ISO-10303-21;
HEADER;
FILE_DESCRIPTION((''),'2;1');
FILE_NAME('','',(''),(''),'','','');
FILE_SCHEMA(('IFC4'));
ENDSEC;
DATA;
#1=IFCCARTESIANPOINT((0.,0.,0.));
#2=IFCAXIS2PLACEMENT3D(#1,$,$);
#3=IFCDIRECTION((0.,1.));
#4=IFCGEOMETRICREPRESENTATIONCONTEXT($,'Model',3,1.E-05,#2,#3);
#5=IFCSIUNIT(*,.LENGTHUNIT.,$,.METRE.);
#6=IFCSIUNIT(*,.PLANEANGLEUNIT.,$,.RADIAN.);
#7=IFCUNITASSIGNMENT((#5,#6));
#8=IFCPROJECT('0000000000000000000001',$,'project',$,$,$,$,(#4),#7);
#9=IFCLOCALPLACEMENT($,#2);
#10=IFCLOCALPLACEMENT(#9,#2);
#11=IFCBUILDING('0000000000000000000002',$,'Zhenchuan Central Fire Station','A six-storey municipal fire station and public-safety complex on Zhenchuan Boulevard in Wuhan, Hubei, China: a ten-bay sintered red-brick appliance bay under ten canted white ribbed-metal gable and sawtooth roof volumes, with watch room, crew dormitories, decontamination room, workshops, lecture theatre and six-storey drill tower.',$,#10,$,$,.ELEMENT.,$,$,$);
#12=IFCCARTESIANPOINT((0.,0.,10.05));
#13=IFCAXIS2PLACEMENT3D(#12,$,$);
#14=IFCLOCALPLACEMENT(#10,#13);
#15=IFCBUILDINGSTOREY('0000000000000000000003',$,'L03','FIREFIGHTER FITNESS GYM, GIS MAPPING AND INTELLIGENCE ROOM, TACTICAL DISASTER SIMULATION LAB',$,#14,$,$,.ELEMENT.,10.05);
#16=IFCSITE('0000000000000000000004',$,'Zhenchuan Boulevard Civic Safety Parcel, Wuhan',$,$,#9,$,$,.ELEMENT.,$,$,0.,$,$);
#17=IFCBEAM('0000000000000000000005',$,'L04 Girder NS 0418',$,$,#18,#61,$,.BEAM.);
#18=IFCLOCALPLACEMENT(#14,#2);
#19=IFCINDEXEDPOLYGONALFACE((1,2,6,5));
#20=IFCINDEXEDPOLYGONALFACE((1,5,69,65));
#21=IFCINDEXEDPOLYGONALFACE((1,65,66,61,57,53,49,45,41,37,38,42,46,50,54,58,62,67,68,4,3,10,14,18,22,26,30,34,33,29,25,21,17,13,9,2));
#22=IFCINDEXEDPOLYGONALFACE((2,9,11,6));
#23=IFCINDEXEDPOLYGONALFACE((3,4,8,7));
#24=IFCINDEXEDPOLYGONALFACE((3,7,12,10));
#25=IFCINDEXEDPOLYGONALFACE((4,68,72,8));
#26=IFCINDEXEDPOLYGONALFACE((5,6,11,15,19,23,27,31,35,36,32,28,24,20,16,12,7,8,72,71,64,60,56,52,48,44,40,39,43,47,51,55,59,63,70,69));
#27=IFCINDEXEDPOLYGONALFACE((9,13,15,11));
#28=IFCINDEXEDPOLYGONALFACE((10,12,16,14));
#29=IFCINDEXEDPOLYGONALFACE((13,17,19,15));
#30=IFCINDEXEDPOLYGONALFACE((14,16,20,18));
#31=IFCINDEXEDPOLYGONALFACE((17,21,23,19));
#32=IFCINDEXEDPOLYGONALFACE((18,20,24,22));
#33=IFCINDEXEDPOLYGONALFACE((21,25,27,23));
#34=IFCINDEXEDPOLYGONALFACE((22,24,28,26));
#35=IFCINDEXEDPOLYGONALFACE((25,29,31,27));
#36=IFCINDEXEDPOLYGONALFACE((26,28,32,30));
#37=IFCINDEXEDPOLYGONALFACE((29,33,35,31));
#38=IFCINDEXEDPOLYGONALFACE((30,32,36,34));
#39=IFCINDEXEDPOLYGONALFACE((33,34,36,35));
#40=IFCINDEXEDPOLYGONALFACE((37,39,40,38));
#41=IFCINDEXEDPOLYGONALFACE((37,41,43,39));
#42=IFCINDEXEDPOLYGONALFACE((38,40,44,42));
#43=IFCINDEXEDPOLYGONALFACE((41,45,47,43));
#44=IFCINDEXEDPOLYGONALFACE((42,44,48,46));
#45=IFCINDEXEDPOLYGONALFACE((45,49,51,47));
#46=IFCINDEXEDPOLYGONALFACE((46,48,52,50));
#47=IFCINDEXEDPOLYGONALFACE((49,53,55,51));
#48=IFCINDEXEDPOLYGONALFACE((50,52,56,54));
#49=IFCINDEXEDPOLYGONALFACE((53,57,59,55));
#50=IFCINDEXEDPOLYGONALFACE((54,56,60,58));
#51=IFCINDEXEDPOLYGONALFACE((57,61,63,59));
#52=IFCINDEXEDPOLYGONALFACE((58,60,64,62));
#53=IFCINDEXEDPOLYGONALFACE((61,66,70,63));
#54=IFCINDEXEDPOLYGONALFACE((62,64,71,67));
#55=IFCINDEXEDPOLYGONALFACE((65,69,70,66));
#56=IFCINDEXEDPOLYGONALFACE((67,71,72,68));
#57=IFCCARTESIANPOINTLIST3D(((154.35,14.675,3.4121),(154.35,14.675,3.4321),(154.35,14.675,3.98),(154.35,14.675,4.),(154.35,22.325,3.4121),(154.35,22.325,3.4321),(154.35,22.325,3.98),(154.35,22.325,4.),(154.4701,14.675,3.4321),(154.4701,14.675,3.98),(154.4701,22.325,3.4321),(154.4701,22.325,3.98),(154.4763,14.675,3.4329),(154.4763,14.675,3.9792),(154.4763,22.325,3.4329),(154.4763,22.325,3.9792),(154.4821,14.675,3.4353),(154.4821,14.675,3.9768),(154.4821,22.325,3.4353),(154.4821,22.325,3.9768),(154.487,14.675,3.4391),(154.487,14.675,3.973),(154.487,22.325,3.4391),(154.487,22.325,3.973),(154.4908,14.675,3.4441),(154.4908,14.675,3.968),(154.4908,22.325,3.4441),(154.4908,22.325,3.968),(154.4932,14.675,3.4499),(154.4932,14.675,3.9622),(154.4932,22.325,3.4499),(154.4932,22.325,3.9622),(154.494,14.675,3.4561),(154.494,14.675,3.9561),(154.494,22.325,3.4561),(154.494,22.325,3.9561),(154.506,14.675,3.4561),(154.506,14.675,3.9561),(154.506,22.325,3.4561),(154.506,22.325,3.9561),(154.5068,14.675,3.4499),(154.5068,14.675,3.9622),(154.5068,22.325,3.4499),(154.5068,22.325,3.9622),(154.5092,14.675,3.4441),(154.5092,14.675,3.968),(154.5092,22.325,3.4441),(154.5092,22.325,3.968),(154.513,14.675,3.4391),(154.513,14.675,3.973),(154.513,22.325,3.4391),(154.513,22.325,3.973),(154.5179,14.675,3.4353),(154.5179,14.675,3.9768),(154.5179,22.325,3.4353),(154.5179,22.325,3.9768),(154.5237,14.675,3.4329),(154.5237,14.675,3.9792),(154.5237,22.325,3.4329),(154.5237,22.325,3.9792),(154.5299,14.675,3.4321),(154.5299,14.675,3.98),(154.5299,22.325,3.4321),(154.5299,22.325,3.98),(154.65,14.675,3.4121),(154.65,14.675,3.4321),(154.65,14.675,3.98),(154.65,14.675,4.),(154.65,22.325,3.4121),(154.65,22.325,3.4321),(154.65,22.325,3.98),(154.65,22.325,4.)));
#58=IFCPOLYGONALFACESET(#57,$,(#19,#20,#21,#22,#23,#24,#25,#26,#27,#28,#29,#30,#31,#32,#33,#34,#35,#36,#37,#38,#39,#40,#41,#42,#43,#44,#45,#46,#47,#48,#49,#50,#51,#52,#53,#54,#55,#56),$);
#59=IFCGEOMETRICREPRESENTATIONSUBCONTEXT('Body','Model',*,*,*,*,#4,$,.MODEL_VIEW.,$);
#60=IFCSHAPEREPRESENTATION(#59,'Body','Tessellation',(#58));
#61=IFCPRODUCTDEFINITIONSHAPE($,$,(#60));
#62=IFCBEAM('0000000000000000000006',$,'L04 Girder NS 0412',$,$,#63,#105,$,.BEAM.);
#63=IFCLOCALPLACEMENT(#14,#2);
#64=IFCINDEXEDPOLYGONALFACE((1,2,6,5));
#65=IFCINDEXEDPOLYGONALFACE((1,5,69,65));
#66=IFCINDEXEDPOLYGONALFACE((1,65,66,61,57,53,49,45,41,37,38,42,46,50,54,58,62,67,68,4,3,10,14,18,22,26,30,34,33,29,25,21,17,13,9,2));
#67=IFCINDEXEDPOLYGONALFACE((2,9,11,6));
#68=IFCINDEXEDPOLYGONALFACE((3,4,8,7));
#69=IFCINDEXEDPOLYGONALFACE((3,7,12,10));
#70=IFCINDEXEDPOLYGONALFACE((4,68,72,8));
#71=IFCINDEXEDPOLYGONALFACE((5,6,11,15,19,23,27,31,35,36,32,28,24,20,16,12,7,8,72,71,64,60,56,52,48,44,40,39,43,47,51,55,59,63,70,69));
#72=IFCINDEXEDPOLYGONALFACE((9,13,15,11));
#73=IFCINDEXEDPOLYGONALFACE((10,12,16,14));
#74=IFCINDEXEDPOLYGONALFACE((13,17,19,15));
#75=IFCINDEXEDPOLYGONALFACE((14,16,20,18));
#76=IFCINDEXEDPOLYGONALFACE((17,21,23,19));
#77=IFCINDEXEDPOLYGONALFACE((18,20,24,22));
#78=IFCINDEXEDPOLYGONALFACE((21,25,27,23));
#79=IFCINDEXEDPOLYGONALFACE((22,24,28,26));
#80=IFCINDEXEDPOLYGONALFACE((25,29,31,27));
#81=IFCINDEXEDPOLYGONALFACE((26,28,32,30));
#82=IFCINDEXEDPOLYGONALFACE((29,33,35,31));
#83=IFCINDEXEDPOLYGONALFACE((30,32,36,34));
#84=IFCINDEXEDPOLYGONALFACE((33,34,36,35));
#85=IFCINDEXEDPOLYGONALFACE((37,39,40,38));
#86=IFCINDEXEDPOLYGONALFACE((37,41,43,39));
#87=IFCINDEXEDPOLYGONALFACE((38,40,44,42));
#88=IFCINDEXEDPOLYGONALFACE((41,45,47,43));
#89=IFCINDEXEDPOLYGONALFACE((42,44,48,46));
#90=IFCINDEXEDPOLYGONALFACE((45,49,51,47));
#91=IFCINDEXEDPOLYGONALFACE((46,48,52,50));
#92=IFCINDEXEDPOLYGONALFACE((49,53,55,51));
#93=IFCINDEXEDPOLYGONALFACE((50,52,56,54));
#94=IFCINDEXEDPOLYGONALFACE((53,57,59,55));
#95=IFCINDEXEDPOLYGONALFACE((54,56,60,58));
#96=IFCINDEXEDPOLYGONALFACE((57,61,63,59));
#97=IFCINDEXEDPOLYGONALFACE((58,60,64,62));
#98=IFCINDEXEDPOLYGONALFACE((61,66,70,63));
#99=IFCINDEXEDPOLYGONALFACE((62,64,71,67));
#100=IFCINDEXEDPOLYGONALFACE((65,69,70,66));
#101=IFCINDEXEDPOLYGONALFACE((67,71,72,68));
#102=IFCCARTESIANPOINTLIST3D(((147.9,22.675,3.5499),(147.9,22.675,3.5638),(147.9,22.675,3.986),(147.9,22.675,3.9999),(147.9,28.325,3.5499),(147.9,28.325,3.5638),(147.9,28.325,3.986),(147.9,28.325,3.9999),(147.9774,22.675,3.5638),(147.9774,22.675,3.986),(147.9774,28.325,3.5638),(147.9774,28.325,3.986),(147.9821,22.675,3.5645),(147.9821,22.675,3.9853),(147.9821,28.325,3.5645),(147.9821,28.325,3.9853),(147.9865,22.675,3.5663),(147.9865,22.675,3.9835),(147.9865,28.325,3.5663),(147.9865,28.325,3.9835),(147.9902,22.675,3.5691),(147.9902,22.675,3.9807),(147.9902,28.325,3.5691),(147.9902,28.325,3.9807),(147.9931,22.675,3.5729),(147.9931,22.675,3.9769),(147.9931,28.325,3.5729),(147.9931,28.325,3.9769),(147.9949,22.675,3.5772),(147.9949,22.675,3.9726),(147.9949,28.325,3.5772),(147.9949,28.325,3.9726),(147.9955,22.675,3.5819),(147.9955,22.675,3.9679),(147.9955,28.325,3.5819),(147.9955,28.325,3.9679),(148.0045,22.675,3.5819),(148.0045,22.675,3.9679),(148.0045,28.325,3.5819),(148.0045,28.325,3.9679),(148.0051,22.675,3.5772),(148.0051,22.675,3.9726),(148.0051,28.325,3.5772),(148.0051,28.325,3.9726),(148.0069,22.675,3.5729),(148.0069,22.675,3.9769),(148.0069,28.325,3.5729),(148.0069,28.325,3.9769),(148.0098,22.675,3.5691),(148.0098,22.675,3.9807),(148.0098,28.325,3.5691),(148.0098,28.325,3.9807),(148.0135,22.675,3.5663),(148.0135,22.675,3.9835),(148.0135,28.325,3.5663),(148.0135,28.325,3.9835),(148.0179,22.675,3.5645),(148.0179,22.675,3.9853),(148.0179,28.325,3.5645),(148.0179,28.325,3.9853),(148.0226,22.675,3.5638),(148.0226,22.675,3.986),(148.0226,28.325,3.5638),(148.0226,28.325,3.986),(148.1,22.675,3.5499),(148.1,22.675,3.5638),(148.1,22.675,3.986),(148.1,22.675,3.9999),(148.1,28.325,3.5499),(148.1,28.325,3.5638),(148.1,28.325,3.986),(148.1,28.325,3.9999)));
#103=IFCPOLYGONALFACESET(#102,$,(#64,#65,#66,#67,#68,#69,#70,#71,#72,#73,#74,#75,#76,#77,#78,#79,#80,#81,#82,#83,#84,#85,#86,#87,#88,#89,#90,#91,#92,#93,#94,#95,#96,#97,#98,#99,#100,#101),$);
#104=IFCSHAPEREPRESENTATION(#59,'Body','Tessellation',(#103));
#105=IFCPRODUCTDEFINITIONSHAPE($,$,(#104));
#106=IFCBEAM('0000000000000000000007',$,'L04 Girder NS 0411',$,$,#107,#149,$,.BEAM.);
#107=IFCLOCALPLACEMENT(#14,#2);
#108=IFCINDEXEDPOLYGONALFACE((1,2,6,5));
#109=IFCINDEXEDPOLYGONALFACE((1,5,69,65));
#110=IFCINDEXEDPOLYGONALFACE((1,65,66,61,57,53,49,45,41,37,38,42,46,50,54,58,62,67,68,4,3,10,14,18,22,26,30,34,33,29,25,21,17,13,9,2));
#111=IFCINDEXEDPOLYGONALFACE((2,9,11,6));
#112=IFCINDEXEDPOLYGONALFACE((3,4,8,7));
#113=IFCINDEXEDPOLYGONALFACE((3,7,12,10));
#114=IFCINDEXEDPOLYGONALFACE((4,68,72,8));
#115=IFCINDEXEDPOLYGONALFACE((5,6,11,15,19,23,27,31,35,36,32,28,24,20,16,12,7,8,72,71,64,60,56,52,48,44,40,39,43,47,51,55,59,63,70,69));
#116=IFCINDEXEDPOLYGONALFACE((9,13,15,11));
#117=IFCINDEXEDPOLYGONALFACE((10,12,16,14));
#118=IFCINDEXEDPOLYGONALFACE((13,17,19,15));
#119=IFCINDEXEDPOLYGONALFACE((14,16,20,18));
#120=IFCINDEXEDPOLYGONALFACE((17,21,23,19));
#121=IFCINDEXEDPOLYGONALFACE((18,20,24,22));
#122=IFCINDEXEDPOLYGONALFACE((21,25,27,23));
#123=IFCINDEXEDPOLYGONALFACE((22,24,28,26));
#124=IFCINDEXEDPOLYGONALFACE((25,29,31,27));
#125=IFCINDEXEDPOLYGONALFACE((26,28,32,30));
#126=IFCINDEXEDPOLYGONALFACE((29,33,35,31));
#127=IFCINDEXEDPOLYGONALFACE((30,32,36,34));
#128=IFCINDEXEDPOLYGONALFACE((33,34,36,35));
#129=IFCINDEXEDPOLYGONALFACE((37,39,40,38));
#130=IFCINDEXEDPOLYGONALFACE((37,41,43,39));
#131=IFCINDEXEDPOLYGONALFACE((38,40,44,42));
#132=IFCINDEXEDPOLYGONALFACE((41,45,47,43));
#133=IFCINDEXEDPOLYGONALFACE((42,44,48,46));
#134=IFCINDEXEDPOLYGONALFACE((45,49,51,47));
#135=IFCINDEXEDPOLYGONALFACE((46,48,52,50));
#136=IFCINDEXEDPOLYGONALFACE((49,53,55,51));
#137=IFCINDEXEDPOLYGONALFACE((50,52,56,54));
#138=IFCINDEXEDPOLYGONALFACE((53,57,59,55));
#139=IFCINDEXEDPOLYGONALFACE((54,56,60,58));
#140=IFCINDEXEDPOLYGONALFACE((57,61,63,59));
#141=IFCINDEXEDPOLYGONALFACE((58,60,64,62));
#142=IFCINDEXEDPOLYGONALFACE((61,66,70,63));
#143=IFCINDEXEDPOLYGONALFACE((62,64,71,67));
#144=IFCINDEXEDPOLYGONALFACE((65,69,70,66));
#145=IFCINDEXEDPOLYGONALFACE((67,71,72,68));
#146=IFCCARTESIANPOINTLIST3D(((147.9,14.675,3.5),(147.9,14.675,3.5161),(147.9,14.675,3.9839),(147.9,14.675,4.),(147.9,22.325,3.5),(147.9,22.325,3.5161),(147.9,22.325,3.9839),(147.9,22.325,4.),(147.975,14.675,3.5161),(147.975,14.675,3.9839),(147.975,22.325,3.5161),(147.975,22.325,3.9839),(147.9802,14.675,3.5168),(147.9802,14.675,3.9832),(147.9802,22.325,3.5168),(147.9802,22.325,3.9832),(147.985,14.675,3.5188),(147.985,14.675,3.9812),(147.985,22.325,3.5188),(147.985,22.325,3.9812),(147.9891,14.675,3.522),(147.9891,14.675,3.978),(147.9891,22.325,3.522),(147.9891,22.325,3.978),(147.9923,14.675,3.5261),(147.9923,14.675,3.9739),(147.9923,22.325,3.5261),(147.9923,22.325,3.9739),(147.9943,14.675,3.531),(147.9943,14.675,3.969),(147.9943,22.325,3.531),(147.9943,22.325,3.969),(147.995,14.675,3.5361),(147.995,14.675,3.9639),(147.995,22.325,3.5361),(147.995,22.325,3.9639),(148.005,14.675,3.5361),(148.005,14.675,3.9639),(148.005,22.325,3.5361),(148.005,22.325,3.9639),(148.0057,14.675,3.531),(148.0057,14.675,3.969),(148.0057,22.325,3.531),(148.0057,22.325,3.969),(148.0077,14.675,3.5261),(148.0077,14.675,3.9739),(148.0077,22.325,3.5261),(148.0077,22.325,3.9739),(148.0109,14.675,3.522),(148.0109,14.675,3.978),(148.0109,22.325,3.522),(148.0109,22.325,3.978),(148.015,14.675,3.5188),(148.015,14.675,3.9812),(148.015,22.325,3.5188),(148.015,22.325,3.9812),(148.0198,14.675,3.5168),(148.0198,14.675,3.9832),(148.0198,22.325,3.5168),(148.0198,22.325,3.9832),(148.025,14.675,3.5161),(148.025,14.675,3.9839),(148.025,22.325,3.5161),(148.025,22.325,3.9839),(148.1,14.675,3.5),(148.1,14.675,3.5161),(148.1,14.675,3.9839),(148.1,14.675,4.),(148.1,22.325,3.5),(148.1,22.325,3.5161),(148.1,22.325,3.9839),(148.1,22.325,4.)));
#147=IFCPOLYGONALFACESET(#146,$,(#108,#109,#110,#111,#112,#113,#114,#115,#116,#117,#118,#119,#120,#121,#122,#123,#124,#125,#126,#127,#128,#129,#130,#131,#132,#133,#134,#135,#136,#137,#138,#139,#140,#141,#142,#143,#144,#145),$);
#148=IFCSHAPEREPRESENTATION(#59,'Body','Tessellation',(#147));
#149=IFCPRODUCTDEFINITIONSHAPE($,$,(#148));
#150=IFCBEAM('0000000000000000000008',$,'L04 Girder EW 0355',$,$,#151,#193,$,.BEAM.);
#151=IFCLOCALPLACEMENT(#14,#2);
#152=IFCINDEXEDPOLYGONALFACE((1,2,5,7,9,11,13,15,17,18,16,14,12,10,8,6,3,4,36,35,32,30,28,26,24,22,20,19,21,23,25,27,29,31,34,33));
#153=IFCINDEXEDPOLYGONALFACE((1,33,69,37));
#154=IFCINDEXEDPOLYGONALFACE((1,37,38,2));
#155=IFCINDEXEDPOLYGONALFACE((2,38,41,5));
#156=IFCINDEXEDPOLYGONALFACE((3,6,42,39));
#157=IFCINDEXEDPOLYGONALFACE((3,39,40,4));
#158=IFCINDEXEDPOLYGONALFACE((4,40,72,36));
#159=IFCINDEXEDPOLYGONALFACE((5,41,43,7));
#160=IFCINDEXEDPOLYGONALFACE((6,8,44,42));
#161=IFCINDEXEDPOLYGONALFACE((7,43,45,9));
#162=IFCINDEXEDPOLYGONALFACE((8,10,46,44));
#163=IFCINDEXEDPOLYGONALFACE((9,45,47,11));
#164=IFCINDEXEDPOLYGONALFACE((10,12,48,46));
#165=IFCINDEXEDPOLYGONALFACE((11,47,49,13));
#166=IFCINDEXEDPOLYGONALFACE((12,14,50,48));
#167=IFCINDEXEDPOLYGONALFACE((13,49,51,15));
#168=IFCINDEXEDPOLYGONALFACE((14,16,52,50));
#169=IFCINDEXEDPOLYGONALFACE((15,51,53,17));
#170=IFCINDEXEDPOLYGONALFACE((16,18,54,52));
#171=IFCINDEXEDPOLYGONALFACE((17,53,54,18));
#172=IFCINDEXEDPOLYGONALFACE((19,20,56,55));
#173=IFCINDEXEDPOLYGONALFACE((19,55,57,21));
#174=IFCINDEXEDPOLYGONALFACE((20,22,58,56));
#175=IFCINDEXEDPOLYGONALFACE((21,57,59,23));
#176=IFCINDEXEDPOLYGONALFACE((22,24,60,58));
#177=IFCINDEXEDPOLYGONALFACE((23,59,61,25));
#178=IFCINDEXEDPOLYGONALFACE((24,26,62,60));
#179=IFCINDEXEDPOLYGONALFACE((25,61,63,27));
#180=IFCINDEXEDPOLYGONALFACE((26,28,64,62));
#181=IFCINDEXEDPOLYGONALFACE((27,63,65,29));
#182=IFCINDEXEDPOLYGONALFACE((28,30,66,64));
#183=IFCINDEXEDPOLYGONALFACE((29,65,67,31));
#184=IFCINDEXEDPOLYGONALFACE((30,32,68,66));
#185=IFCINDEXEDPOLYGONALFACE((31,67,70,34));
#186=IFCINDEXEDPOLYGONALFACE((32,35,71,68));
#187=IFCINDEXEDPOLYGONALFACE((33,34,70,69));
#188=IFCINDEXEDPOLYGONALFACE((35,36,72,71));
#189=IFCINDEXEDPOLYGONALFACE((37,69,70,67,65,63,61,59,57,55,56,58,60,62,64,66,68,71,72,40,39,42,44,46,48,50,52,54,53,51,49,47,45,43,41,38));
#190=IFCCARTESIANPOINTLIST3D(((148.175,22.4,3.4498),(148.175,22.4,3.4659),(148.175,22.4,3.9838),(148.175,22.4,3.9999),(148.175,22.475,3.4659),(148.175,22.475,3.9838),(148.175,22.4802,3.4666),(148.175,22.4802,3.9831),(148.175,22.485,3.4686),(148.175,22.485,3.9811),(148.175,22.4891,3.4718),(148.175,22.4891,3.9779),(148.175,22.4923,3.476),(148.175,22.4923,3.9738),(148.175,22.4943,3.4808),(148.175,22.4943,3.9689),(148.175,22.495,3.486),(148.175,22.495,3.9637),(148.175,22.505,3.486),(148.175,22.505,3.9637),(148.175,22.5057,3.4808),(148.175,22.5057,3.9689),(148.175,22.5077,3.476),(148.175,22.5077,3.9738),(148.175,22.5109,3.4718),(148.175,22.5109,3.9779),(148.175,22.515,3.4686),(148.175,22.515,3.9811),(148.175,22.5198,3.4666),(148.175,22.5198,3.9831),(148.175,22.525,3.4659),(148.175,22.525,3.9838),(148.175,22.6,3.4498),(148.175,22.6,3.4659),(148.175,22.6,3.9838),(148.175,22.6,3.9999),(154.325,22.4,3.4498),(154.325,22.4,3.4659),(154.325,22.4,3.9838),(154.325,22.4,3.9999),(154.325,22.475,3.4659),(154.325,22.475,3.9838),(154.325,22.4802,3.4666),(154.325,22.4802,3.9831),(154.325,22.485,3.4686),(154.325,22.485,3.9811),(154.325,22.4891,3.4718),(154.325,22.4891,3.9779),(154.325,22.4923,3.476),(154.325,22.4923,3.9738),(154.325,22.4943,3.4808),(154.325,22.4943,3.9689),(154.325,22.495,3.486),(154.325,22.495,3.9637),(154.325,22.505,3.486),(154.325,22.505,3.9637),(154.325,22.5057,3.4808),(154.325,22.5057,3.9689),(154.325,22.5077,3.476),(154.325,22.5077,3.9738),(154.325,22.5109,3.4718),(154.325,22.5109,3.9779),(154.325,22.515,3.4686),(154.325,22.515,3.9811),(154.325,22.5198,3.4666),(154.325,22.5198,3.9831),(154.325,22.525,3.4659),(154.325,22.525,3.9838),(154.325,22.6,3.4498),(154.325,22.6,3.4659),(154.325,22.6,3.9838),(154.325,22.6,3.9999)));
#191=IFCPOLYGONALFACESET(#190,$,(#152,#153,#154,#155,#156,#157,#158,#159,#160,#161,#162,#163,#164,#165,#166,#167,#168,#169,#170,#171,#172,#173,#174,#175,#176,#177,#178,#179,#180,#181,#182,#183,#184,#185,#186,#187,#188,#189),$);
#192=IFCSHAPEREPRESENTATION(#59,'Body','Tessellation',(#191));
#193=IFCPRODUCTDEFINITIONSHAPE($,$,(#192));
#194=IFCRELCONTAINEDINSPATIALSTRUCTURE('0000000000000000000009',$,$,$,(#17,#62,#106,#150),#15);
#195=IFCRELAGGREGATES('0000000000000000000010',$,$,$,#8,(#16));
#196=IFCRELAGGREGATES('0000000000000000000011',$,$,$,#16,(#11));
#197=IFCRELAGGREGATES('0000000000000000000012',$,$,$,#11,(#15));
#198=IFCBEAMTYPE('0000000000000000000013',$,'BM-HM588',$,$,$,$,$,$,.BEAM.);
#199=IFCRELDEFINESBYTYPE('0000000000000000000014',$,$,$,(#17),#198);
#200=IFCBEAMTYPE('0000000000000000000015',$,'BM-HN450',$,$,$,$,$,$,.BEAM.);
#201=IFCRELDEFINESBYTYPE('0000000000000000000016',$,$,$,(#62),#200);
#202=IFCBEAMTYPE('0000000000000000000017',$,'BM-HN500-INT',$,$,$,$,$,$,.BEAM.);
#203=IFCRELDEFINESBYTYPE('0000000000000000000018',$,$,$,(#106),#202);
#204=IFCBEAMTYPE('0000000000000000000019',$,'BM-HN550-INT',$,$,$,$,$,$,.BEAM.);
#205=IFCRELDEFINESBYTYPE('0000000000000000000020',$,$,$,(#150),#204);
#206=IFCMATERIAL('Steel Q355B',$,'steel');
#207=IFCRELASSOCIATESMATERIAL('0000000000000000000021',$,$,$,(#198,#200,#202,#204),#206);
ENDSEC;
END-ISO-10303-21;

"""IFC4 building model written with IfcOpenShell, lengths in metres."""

from ifc_helpers import new_model, si_unit, direction, frame, origin, origin_2d, place, context, subcontext, project, spatial, i_section, extrude, material, material_profile, profile_set, type_object, element, save


model = new_model("IFC4")

# Units and contexts
model_context = context("Model", 3, precision=1e-05, world=origin(), true_north=direction((0.0, 1.0)))
body_context = subcontext(model_context, "Body", "Model", "MODEL_VIEW")
ifc_project = project(units=[si_unit("LENGTHUNIT", "METRE"), si_unit("PLANEANGLEUNIT", "RADIAN")], contexts=[model_context])

# Site, building, storey
site_placement = place(None, origin())
site = spatial("IfcSite", under=ifc_project, at=site_placement, Name="Zhenchuan Boulevard Civic Safety Parcel, Wuhan", CompositionType="ELEMENT", RefElevation=0.0)
building_placement = place(site_placement, origin())
building = spatial("IfcBuilding", under=site, at=building_placement, Name="Zhenchuan Central Fire Station", Description="A six-storey municipal fire station and public-safety complex on Zhenchuan Boulevard in Wuhan, Hubei, China: a ten-bay sintered red-brick appliance bay under ten canted white ribbed-metal gable and sawtooth roof volumes, with watch room, crew dormitories, decontamination room, workshops, lecture theatre and six-storey drill tower.", CompositionType="ELEMENT")
storey_placement = place(building_placement, frame((0.0, 0.0, 10.05)))
storey = spatial("IfcBuildingStorey", under=building, at=storey_placement, Name="L03", Description="FIREFIGHTER FITNESS GYM, GIS MAPPING AND INTELLIGENCE ROOM, TACTICAL DISASTER SIMULATION LAB", CompositionType="ELEMENT", Elevation=10.05)

# Shared definitions
ifc_material_1 = material(Name="Steel Q355B", Category="steel")

# Beams
ifc_material_profile_1 = material_profile(ifc_material_1, i_section(OverallWidth=0.3, OverallDepth=0.5879, WebThickness=0.012, FlangeThickness=0.02, FilletRadius=0.0239, at=origin_2d()), Name="HM 588x300")
ifc_profile_set_1 = profile_set([ifc_material_profile_1], Name="Steel Q355B")
beam_type_1 = type_object("IfcBeamType", Name="BM-HM588", PredefinedType="BEAM", material=ifc_profile_set_1)
beam_1_placement = place(storey_placement, frame((154.5, 14.675, 3.7061), z_axis=(0.0, 1.0, 0.0), x_axis=(-1.0, 0.0, 0.0)))
element("IfcBeam", 1, at=beam_1_placement, inside=storey, type_object=beam_type_1, Name="L04 Girder NS 0418", PredefinedType="BEAM", context=body_context, shape_type="SweptSolid", body=[
    extrude(i_section(OverallWidth=0.3, OverallDepth=0.5879, WebThickness=0.012, FlangeThickness=0.02, FilletRadius=0.0239, at=origin_2d()), origin(), (0.0, 0.0, 1.0), 7.6499),
])
ifc_material_profile_2 = material_profile(ifc_material_1, i_section(OverallWidth=0.2, OverallDepth=0.45, WebThickness=0.009, FlangeThickness=0.0139, FilletRadius=0.0181, at=origin_2d()), Name="HN 450x200")
ifc_profile_set_2 = profile_set([ifc_material_profile_2], Name="Steel Q355B")
beam_type_2 = type_object("IfcBeamType", Name="BM-HN450", PredefinedType="BEAM", material=ifc_profile_set_2)
beam_2_placement = place(storey_placement, frame((148.0, 22.675, 3.7749), z_axis=(0.0, 1.0, 0.0), x_axis=(-1.0, 0.0, 0.0)))
element("IfcBeam", 2, at=beam_2_placement, inside=storey, type_object=beam_type_2, Name="L04 Girder NS 0412", PredefinedType="BEAM", context=body_context, shape_type="SweptSolid", body=[
    extrude(i_section(OverallWidth=0.2, OverallDepth=0.45, WebThickness=0.009, FlangeThickness=0.0139, FilletRadius=0.0181, at=origin_2d()), origin(), (0.0, 0.0, 1.0), 5.6499),
])
ifc_material_profile_3 = material_profile(ifc_material_1, i_section(OverallWidth=0.2, OverallDepth=0.5, WebThickness=0.01, FlangeThickness=0.0161, FilletRadius=0.02, at=origin_2d()), Name="HN 500x200")
ifc_profile_set_3 = profile_set([ifc_material_profile_3], Name="Steel Q355B")
beam_type_3 = type_object("IfcBeamType", Name="BM-HN500-INT", PredefinedType="BEAM", material=ifc_profile_set_3)
beam_3_placement = place(storey_placement, frame((148.0, 14.675, 3.75), z_axis=(0.0, 1.0, 0.0), x_axis=(-1.0, 0.0, 0.0)))
element("IfcBeam", 3, at=beam_3_placement, inside=storey, type_object=beam_type_3, Name="L04 Girder NS 0411", PredefinedType="BEAM", context=body_context, shape_type="SweptSolid", body=[
    extrude(i_section(OverallWidth=0.2, OverallDepth=0.5, WebThickness=0.01, FlangeThickness=0.0161, FilletRadius=0.02, at=origin_2d()), origin(), (0.0, 0.0, 1.0), 7.6499),
])
ifc_material_profile_4 = material_profile(ifc_material_1, i_section(OverallWidth=0.2, OverallDepth=0.55, WebThickness=0.01, FlangeThickness=0.0161, FilletRadius=0.02, at=origin_2d()), Name="HN 550x200")
ifc_profile_set_4 = profile_set([ifc_material_profile_4], Name="Steel Q355B")
beam_type_4 = type_object("IfcBeamType", Name="BM-HN550-INT", PredefinedType="BEAM", material=ifc_profile_set_4)
beam_4_placement = place(storey_placement, frame((148.175, 22.5, 3.7249), z_axis=(1.0, 0.0, 0.0), x_axis=(0.0, 1.0, 0.0)))
element("IfcBeam", 4, at=beam_4_placement, inside=storey, type_object=beam_type_4, Name="L04 Girder EW 0355", PredefinedType="BEAM", context=body_context, shape_type="SweptSolid", body=[
    extrude(i_section(OverallWidth=0.2, OverallDepth=0.55, WebThickness=0.01, FlangeThickness=0.0161, FilletRadius=0.02, at=origin_2d()), origin(), (0.0, 0.0, 1.0), 6.1499),
])

save(model, "model.ifc")
